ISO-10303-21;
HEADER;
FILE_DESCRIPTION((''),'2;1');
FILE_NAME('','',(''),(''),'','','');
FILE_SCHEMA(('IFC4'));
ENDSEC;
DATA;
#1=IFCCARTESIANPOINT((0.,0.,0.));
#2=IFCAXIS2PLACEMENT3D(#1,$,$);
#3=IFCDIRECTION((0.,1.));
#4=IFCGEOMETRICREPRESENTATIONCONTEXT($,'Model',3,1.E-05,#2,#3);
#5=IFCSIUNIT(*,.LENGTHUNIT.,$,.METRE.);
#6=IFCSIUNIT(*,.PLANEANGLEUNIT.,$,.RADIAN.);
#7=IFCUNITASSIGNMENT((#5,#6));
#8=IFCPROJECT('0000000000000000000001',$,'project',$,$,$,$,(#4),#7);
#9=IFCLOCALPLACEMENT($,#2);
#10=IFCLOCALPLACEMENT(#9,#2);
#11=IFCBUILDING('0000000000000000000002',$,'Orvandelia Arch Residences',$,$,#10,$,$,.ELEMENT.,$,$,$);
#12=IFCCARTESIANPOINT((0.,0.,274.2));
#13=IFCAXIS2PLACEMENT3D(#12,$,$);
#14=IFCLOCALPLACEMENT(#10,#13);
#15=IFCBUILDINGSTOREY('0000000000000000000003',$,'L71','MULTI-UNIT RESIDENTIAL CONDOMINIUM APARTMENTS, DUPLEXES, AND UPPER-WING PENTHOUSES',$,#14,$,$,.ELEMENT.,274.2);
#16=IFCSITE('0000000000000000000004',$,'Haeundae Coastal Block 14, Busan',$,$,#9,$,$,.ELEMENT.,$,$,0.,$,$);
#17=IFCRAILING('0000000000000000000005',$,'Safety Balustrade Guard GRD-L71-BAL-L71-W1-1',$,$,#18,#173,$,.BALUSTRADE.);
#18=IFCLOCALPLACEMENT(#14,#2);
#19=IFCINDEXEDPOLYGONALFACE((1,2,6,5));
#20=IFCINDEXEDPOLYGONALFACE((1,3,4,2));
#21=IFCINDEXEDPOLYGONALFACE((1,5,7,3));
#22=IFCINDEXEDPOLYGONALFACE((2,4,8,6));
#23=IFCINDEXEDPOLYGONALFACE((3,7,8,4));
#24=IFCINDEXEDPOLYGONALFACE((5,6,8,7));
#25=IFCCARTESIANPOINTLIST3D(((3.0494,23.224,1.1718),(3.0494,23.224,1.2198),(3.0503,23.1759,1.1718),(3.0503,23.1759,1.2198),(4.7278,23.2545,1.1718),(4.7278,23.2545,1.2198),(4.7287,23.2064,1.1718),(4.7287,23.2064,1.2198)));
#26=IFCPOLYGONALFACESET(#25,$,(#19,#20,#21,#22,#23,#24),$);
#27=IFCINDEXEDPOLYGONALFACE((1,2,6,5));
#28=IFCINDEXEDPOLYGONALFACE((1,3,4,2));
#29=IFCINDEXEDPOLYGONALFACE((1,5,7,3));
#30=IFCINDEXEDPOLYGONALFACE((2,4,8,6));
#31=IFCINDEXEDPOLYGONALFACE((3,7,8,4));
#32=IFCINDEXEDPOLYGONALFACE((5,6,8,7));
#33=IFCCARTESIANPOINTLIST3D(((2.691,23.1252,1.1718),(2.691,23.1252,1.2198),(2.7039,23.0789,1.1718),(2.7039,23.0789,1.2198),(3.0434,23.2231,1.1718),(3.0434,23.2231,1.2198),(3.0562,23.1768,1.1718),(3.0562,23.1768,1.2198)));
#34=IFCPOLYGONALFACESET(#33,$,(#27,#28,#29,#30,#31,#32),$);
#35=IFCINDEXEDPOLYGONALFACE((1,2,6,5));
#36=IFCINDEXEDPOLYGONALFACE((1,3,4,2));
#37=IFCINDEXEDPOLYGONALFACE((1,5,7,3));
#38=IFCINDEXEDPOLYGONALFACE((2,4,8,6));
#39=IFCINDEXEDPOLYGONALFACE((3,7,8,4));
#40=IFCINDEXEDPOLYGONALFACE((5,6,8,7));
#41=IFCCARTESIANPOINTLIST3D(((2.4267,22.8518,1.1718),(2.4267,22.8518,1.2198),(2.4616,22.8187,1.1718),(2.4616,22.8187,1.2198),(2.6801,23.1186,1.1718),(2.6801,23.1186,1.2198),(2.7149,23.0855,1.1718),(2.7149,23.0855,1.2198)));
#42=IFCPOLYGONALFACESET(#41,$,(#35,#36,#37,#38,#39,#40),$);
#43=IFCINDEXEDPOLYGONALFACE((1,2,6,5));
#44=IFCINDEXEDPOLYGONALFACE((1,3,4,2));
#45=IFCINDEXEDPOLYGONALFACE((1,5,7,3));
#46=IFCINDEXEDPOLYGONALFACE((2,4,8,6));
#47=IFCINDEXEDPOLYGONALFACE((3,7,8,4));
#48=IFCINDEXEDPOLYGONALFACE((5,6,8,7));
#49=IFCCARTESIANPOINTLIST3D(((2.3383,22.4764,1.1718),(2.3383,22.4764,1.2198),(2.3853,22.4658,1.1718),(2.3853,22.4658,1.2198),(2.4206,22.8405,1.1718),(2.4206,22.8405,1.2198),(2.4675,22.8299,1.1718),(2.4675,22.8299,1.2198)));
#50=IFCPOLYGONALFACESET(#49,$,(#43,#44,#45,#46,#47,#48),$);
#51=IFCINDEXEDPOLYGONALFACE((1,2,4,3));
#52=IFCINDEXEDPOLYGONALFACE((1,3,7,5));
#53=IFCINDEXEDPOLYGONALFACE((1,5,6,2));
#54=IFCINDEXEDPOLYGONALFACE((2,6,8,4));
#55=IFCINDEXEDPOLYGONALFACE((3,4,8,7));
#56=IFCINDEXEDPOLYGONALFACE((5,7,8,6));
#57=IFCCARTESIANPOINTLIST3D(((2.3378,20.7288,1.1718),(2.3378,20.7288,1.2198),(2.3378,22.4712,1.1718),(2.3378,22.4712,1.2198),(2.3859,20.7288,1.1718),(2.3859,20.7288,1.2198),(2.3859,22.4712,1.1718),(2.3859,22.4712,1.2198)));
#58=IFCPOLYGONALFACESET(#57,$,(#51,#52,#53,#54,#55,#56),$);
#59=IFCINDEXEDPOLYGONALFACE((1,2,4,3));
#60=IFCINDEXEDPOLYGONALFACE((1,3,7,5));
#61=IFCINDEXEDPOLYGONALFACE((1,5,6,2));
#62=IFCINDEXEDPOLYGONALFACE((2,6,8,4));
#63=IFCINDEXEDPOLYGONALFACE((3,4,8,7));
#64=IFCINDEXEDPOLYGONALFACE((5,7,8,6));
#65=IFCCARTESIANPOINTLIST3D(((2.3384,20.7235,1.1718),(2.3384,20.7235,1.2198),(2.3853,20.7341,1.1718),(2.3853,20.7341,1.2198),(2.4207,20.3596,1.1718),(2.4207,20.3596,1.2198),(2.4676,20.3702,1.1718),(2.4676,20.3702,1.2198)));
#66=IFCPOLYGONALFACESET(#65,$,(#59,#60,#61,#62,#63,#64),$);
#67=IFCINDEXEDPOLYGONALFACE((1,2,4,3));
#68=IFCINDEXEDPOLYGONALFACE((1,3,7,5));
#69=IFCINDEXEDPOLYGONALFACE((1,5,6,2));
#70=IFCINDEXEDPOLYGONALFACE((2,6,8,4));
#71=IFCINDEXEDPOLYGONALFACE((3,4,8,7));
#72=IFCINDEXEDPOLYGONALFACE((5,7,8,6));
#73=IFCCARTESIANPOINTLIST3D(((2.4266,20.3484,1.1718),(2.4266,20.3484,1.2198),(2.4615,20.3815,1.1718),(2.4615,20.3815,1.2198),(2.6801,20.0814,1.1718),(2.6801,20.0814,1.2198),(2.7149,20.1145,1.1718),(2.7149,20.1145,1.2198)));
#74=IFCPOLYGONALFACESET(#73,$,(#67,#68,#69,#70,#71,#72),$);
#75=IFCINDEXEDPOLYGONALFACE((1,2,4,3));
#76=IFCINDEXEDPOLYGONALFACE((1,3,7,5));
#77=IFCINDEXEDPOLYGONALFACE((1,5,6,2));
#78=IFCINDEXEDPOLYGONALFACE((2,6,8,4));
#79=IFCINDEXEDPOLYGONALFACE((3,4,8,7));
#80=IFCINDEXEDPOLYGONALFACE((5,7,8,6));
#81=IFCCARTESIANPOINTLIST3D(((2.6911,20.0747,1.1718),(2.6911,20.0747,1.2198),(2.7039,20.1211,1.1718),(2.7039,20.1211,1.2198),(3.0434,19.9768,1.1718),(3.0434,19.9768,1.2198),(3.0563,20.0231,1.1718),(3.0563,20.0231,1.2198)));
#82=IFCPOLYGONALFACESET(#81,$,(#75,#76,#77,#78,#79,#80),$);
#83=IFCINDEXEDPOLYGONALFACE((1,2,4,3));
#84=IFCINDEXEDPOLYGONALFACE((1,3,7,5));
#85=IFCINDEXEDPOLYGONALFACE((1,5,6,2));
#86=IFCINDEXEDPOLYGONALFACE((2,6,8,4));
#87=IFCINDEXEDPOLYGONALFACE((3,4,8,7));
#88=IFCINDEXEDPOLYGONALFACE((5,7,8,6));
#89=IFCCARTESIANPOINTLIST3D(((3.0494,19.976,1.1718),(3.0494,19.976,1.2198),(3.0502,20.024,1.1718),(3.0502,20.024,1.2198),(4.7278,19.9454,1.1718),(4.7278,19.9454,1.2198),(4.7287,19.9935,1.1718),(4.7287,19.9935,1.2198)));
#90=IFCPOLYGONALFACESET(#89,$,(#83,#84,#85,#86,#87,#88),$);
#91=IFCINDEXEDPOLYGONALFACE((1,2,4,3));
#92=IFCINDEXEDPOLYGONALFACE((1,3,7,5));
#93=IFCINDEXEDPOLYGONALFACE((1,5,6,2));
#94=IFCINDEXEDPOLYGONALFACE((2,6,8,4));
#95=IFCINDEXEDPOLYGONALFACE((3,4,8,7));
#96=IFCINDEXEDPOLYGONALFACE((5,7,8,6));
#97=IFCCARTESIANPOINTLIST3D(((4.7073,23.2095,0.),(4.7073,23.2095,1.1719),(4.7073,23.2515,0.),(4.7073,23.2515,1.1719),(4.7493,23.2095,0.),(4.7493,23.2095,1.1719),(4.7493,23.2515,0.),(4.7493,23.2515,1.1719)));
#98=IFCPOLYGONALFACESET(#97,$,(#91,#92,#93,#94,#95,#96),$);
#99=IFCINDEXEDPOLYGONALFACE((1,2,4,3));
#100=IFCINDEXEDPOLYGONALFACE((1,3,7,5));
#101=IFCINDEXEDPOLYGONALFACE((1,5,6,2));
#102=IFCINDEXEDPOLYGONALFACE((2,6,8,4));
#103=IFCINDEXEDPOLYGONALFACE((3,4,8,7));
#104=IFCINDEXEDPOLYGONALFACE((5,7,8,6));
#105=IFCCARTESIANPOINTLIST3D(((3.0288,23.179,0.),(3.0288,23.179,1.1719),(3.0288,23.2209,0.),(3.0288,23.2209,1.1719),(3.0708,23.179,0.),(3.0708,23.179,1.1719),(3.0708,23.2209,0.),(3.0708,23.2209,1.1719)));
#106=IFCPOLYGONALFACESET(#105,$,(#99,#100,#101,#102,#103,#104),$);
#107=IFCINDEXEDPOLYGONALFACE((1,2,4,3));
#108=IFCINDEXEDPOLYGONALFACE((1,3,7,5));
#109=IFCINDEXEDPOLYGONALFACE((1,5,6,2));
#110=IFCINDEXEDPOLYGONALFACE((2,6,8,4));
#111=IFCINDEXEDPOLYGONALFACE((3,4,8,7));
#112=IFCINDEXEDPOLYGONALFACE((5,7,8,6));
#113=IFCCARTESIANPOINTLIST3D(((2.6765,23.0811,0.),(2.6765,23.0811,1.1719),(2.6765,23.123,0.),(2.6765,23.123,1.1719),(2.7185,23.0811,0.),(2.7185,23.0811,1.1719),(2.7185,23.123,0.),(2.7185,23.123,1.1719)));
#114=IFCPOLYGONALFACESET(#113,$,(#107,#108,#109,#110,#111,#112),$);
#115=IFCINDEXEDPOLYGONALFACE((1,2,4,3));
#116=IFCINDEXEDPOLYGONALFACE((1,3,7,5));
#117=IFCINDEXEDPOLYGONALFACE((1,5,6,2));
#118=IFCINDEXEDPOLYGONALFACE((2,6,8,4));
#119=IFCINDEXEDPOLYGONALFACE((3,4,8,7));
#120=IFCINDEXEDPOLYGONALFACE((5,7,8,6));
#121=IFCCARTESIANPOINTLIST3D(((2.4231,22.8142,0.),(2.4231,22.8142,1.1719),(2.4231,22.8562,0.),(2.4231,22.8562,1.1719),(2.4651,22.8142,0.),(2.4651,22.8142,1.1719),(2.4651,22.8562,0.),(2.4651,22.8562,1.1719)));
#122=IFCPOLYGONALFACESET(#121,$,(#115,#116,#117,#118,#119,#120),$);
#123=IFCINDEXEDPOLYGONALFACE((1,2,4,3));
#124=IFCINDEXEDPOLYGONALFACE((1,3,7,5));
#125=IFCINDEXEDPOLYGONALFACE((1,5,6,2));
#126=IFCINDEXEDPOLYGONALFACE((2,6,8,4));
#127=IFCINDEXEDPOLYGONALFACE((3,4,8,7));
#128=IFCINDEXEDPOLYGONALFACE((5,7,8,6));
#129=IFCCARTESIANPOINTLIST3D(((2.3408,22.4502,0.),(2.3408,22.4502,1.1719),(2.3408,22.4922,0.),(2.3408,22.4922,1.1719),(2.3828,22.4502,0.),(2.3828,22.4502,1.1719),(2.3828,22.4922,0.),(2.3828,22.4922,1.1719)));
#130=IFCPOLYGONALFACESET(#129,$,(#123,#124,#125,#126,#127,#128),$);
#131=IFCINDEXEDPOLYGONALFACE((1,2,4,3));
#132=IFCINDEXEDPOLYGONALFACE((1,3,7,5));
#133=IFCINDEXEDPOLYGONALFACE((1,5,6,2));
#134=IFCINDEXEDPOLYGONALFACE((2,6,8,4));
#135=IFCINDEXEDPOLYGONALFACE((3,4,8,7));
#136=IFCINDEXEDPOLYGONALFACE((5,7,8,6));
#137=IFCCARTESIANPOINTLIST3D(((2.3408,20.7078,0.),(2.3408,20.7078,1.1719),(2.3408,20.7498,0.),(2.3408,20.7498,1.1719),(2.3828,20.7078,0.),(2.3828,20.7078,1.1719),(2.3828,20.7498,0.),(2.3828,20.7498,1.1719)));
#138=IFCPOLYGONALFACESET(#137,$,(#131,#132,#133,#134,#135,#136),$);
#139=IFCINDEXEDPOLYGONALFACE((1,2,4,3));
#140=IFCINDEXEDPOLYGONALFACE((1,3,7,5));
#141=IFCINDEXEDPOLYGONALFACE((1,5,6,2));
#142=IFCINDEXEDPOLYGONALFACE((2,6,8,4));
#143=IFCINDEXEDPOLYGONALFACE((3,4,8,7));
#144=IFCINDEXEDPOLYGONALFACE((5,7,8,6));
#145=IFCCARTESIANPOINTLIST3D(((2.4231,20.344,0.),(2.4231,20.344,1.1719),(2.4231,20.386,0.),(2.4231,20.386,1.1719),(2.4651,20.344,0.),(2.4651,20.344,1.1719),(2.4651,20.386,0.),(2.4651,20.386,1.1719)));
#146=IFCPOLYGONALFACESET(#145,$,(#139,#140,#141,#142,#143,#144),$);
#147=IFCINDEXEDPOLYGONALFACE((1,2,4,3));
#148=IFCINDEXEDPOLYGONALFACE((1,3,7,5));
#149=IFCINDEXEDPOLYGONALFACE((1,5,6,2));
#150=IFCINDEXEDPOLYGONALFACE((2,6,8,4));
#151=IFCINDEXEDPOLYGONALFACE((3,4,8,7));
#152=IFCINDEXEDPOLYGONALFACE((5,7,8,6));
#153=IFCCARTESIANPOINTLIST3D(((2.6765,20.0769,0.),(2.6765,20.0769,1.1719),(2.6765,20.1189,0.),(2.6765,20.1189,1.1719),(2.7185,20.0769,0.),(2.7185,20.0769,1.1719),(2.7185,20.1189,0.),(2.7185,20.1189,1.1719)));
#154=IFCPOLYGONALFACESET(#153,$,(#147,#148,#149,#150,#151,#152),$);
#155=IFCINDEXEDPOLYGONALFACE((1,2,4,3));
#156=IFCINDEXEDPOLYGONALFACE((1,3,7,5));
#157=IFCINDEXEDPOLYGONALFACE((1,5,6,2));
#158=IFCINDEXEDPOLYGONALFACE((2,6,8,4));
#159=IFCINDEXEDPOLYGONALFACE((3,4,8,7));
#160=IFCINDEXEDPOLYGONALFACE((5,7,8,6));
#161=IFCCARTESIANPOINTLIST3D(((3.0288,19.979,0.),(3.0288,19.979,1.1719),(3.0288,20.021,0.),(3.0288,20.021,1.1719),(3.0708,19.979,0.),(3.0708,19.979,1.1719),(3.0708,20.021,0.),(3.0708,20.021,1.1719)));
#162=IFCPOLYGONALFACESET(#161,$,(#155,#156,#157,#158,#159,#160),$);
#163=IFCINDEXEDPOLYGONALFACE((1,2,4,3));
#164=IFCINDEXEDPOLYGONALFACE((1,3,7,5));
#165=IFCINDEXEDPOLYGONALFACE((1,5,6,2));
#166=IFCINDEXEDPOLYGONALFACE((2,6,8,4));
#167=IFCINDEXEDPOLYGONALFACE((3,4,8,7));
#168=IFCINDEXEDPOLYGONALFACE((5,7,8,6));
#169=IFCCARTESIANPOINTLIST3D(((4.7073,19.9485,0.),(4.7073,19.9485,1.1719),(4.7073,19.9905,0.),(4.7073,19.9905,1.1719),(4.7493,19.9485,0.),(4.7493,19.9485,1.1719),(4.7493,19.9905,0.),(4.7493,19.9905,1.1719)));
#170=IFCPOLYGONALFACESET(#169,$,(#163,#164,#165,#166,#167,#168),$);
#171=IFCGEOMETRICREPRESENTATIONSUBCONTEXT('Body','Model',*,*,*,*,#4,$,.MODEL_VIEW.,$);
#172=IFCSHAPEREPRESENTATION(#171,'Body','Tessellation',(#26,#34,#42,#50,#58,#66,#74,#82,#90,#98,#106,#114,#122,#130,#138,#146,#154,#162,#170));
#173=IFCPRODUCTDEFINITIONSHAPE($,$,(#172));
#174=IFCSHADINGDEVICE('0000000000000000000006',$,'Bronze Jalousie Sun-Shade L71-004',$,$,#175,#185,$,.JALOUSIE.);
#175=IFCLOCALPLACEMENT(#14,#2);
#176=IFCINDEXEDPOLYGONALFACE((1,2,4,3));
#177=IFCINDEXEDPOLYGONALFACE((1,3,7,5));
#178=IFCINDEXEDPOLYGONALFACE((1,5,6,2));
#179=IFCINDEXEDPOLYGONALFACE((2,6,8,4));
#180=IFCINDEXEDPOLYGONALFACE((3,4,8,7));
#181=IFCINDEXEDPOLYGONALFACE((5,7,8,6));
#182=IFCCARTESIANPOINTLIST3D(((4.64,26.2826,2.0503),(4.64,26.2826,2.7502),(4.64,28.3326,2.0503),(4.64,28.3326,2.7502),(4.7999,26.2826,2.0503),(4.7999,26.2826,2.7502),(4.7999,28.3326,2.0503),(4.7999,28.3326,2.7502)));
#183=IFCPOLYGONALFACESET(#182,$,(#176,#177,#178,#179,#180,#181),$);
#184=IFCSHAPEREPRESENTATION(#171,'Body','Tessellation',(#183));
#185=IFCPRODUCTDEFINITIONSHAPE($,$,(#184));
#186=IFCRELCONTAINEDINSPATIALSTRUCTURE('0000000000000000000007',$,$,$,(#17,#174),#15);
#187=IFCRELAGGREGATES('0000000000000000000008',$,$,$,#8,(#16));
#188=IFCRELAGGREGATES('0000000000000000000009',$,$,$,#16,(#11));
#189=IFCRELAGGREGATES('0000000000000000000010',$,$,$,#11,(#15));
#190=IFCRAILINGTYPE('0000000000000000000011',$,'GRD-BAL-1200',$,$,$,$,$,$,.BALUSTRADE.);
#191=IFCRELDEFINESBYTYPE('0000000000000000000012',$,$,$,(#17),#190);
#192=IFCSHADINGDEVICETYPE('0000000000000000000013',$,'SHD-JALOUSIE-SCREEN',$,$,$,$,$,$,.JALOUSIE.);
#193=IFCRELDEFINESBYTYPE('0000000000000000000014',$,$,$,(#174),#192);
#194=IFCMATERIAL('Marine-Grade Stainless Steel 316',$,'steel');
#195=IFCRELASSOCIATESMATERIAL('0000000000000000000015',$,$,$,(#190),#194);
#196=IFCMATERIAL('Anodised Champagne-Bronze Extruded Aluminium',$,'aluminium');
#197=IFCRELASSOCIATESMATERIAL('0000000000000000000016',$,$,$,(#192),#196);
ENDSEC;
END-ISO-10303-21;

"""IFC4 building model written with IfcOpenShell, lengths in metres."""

from ifc_helpers import new_model, si_unit, direction, frame, origin, origin_2d, place, context, subcontext, project, spatial, rectangle, extrude, material, type_object, element, save


model = new_model("IFC4")

# Units and contexts
model_context = context("Model", 3, precision=1e-05, world=origin(), true_north=direction((0.0, 1.0)))
body_context = subcontext(model_context, "Body", "Model", "MODEL_VIEW")
ifc_project = project(units=[si_unit("LENGTHUNIT", "METRE"), si_unit("PLANEANGLEUNIT", "RADIAN")], contexts=[model_context])

# Site, building, storey
site_placement = place(None, origin())
site = spatial("IfcSite", under=ifc_project, at=site_placement, Name="Haeundae Coastal Block 14, Busan", CompositionType="ELEMENT", RefElevation=0.0)
building_placement = place(site_placement, origin())
building = spatial("IfcBuilding", under=site, at=building_placement, Name="Orvandelia Arch Residences", CompositionType="ELEMENT")
storey_placement = place(building_placement, frame((0.0, 0.0, 274.2)))
storey = spatial("IfcBuildingStorey", under=building, at=storey_placement, Name="L71", Description="MULTI-UNIT RESIDENTIAL CONDOMINIUM APARTMENTS, DUPLEXES, AND UPPER-WING PENTHOUSES", CompositionType="ELEMENT", Elevation=274.2)

# Railing
ifc_material_1 = material(Name="Marine-Grade Stainless Steel 316", Category="steel")
railing_type = type_object("IfcRailingType", Name="GRD-BAL-1200", PredefinedType="BALUSTRADE", material=ifc_material_1)
railing_placement = place(storey_placement, frame((4.7283, 23.2305, 0.0)))
element("IfcRailing", 1, at=railing_placement, inside=storey, type_object=railing_type, Name="Safety Balustrade Guard GRD-L71-BAL-L71-W1-1", PredefinedType="BALUSTRADE", context=body_context, shape_type="SweptSolid", body=[
    extrude(rectangle(XDim=0.0481, YDim=0.0481, at=origin_2d()), frame((0.0, 0.0, 1.1958), z_axis=(-0.999835, -0.018179, 0.0), x_axis=(0.018179, -0.999835, 0.0)), (0.0, 0.0, 1.0), 1.6787),
    extrude(rectangle(XDim=0.0481, YDim=0.0481, at=origin_2d()), frame((-1.6785, -0.0305, 1.1958), z_axis=(-0.963489, -0.267747, 0.0), x_axis=(0.267747, -0.963489, 0.0)), (0.0, 0.0, 1.0), 0.3657),
    extrude(rectangle(XDim=0.0481, YDim=0.0481, at=origin_2d()), frame((-2.0308, -0.1284, 1.1958), z_axis=(-0.688627, -0.725115, 0.0), x_axis=(0.725115, -0.688627, 0.0)), (0.0, 0.0, 1.0), 0.3679),
    extrude(rectangle(XDim=0.0481, YDim=0.0481, at=origin_2d()), frame((-2.2842, -0.3953, 1.1958), z_axis=(-0.220462, -0.975396, 0.0), x_axis=(0.975396, -0.220462, 0.0)), (0.0, 0.0, 1.0), 0.3733),
    extrude(rectangle(XDim=0.0481, YDim=0.0481, at=origin_2d()), frame((-2.3665, -0.7593, 1.1958), z_axis=(0.0, -1.0, 0.0), x_axis=(1.0, 0.0, 0.0)), (0.0, 0.0, 1.0), 1.7424),
    extrude(rectangle(XDim=0.0481, YDim=0.0481, at=origin_2d()), frame((-2.3665, -2.5017, 1.1958), z_axis=(0.220602, -0.975364, 0.0), x_axis=(0.975364, 0.220602, 0.0)), (0.0, 0.0, 1.0), 0.373),
    extrude(rectangle(XDim=0.0481, YDim=0.0481, at=origin_2d()), frame((-2.2842, -2.8655, 1.1958), z_axis=(0.688296, -0.72543, 0.0), x_axis=(0.72543, 0.688296, 0.0)), (0.0, 0.0, 1.0), 0.3682),
    extrude(rectangle(XDim=0.0481, YDim=0.0481, at=origin_2d()), frame((-2.0308, -3.1326, 1.1958), z_axis=(0.963489, -0.267747, 0.0), x_axis=(0.267747, 0.963489, 0.0)), (0.0, 0.0, 1.0), 0.3657),
    extrude(rectangle(XDim=0.0481, YDim=0.0481, at=origin_2d()), frame((-1.6785, -3.2305, 1.1958), z_axis=(0.999835, -0.018179, 0.0), x_axis=(0.018179, 0.999835, 0.0)), (0.0, 0.0, 1.0), 1.6787),
    extrude(rectangle(XDim=0.042, YDim=0.042, at=origin_2d()), origin(), (0.0, 0.0, 1.0), 1.1719),
    extrude(rectangle(XDim=0.042, YDim=0.042, at=origin_2d()), frame((-1.6785, -0.0305, 0.0)), (0.0, 0.0, 1.0), 1.1719),
    extrude(rectangle(XDim=0.042, YDim=0.042, at=origin_2d()), frame((-2.0308, -0.1284, 0.0)), (0.0, 0.0, 1.0), 1.1719),
    extrude(rectangle(XDim=0.042, YDim=0.042, at=origin_2d()), frame((-2.2842, -0.3953, 0.0)), (0.0, 0.0, 1.0), 1.1719),
    extrude(rectangle(XDim=0.042, YDim=0.042, at=origin_2d()), frame((-2.3665, -0.7593, 0.0)), (0.0, 0.0, 1.0), 1.1719),
    extrude(rectangle(XDim=0.042, YDim=0.042, at=origin_2d()), frame((-2.3665, -2.5017, 0.0)), (0.0, 0.0, 1.0), 1.1719),
    extrude(rectangle(XDim=0.042, YDim=0.042, at=origin_2d()), frame((-2.2842, -2.8655, 0.0)), (0.0, 0.0, 1.0), 1.1719),
    extrude(rectangle(XDim=0.042, YDim=0.042, at=origin_2d()), frame((-2.0308, -3.1326, 0.0)), (0.0, 0.0, 1.0), 1.1719),
    extrude(rectangle(XDim=0.042, YDim=0.042, at=origin_2d()), frame((-1.6785, -3.2305, 0.0)), (0.0, 0.0, 1.0), 1.1719),
    extrude(rectangle(XDim=0.042, YDim=0.042, at=origin_2d()), frame((0.0, -3.261, 0.0)), (0.0, 0.0, 1.0), 1.1719),
])

# Shading device
ifc_material_2 = material(Name="Anodised Champagne-Bronze Extruded Aluminium", Category="aluminium")
shading_device_type = type_object("IfcShadingDeviceType", Name="SHD-JALOUSIE-SCREEN", PredefinedType="JALOUSIE", material=ifc_material_2)
shading_device_placement = place(storey_placement, frame((4.72, 27.3076, 2.0503), z_axis=(0.0, 0.0, 1.0), x_axis=(0.0, 1.0, 0.0)))
element("IfcShadingDevice", 2, at=shading_device_placement, inside=storey, type_object=shading_device_type, Name="Bronze Jalousie Sun-Shade L71-004", PredefinedType="JALOUSIE", context=body_context, shape_type="SweptSolid", body=[
    extrude(rectangle(XDim=2.05, YDim=0.1599, at=origin_2d()), origin(), (0.0, 0.0, 1.0), 0.7),
])

save(model, "model.ifc")
